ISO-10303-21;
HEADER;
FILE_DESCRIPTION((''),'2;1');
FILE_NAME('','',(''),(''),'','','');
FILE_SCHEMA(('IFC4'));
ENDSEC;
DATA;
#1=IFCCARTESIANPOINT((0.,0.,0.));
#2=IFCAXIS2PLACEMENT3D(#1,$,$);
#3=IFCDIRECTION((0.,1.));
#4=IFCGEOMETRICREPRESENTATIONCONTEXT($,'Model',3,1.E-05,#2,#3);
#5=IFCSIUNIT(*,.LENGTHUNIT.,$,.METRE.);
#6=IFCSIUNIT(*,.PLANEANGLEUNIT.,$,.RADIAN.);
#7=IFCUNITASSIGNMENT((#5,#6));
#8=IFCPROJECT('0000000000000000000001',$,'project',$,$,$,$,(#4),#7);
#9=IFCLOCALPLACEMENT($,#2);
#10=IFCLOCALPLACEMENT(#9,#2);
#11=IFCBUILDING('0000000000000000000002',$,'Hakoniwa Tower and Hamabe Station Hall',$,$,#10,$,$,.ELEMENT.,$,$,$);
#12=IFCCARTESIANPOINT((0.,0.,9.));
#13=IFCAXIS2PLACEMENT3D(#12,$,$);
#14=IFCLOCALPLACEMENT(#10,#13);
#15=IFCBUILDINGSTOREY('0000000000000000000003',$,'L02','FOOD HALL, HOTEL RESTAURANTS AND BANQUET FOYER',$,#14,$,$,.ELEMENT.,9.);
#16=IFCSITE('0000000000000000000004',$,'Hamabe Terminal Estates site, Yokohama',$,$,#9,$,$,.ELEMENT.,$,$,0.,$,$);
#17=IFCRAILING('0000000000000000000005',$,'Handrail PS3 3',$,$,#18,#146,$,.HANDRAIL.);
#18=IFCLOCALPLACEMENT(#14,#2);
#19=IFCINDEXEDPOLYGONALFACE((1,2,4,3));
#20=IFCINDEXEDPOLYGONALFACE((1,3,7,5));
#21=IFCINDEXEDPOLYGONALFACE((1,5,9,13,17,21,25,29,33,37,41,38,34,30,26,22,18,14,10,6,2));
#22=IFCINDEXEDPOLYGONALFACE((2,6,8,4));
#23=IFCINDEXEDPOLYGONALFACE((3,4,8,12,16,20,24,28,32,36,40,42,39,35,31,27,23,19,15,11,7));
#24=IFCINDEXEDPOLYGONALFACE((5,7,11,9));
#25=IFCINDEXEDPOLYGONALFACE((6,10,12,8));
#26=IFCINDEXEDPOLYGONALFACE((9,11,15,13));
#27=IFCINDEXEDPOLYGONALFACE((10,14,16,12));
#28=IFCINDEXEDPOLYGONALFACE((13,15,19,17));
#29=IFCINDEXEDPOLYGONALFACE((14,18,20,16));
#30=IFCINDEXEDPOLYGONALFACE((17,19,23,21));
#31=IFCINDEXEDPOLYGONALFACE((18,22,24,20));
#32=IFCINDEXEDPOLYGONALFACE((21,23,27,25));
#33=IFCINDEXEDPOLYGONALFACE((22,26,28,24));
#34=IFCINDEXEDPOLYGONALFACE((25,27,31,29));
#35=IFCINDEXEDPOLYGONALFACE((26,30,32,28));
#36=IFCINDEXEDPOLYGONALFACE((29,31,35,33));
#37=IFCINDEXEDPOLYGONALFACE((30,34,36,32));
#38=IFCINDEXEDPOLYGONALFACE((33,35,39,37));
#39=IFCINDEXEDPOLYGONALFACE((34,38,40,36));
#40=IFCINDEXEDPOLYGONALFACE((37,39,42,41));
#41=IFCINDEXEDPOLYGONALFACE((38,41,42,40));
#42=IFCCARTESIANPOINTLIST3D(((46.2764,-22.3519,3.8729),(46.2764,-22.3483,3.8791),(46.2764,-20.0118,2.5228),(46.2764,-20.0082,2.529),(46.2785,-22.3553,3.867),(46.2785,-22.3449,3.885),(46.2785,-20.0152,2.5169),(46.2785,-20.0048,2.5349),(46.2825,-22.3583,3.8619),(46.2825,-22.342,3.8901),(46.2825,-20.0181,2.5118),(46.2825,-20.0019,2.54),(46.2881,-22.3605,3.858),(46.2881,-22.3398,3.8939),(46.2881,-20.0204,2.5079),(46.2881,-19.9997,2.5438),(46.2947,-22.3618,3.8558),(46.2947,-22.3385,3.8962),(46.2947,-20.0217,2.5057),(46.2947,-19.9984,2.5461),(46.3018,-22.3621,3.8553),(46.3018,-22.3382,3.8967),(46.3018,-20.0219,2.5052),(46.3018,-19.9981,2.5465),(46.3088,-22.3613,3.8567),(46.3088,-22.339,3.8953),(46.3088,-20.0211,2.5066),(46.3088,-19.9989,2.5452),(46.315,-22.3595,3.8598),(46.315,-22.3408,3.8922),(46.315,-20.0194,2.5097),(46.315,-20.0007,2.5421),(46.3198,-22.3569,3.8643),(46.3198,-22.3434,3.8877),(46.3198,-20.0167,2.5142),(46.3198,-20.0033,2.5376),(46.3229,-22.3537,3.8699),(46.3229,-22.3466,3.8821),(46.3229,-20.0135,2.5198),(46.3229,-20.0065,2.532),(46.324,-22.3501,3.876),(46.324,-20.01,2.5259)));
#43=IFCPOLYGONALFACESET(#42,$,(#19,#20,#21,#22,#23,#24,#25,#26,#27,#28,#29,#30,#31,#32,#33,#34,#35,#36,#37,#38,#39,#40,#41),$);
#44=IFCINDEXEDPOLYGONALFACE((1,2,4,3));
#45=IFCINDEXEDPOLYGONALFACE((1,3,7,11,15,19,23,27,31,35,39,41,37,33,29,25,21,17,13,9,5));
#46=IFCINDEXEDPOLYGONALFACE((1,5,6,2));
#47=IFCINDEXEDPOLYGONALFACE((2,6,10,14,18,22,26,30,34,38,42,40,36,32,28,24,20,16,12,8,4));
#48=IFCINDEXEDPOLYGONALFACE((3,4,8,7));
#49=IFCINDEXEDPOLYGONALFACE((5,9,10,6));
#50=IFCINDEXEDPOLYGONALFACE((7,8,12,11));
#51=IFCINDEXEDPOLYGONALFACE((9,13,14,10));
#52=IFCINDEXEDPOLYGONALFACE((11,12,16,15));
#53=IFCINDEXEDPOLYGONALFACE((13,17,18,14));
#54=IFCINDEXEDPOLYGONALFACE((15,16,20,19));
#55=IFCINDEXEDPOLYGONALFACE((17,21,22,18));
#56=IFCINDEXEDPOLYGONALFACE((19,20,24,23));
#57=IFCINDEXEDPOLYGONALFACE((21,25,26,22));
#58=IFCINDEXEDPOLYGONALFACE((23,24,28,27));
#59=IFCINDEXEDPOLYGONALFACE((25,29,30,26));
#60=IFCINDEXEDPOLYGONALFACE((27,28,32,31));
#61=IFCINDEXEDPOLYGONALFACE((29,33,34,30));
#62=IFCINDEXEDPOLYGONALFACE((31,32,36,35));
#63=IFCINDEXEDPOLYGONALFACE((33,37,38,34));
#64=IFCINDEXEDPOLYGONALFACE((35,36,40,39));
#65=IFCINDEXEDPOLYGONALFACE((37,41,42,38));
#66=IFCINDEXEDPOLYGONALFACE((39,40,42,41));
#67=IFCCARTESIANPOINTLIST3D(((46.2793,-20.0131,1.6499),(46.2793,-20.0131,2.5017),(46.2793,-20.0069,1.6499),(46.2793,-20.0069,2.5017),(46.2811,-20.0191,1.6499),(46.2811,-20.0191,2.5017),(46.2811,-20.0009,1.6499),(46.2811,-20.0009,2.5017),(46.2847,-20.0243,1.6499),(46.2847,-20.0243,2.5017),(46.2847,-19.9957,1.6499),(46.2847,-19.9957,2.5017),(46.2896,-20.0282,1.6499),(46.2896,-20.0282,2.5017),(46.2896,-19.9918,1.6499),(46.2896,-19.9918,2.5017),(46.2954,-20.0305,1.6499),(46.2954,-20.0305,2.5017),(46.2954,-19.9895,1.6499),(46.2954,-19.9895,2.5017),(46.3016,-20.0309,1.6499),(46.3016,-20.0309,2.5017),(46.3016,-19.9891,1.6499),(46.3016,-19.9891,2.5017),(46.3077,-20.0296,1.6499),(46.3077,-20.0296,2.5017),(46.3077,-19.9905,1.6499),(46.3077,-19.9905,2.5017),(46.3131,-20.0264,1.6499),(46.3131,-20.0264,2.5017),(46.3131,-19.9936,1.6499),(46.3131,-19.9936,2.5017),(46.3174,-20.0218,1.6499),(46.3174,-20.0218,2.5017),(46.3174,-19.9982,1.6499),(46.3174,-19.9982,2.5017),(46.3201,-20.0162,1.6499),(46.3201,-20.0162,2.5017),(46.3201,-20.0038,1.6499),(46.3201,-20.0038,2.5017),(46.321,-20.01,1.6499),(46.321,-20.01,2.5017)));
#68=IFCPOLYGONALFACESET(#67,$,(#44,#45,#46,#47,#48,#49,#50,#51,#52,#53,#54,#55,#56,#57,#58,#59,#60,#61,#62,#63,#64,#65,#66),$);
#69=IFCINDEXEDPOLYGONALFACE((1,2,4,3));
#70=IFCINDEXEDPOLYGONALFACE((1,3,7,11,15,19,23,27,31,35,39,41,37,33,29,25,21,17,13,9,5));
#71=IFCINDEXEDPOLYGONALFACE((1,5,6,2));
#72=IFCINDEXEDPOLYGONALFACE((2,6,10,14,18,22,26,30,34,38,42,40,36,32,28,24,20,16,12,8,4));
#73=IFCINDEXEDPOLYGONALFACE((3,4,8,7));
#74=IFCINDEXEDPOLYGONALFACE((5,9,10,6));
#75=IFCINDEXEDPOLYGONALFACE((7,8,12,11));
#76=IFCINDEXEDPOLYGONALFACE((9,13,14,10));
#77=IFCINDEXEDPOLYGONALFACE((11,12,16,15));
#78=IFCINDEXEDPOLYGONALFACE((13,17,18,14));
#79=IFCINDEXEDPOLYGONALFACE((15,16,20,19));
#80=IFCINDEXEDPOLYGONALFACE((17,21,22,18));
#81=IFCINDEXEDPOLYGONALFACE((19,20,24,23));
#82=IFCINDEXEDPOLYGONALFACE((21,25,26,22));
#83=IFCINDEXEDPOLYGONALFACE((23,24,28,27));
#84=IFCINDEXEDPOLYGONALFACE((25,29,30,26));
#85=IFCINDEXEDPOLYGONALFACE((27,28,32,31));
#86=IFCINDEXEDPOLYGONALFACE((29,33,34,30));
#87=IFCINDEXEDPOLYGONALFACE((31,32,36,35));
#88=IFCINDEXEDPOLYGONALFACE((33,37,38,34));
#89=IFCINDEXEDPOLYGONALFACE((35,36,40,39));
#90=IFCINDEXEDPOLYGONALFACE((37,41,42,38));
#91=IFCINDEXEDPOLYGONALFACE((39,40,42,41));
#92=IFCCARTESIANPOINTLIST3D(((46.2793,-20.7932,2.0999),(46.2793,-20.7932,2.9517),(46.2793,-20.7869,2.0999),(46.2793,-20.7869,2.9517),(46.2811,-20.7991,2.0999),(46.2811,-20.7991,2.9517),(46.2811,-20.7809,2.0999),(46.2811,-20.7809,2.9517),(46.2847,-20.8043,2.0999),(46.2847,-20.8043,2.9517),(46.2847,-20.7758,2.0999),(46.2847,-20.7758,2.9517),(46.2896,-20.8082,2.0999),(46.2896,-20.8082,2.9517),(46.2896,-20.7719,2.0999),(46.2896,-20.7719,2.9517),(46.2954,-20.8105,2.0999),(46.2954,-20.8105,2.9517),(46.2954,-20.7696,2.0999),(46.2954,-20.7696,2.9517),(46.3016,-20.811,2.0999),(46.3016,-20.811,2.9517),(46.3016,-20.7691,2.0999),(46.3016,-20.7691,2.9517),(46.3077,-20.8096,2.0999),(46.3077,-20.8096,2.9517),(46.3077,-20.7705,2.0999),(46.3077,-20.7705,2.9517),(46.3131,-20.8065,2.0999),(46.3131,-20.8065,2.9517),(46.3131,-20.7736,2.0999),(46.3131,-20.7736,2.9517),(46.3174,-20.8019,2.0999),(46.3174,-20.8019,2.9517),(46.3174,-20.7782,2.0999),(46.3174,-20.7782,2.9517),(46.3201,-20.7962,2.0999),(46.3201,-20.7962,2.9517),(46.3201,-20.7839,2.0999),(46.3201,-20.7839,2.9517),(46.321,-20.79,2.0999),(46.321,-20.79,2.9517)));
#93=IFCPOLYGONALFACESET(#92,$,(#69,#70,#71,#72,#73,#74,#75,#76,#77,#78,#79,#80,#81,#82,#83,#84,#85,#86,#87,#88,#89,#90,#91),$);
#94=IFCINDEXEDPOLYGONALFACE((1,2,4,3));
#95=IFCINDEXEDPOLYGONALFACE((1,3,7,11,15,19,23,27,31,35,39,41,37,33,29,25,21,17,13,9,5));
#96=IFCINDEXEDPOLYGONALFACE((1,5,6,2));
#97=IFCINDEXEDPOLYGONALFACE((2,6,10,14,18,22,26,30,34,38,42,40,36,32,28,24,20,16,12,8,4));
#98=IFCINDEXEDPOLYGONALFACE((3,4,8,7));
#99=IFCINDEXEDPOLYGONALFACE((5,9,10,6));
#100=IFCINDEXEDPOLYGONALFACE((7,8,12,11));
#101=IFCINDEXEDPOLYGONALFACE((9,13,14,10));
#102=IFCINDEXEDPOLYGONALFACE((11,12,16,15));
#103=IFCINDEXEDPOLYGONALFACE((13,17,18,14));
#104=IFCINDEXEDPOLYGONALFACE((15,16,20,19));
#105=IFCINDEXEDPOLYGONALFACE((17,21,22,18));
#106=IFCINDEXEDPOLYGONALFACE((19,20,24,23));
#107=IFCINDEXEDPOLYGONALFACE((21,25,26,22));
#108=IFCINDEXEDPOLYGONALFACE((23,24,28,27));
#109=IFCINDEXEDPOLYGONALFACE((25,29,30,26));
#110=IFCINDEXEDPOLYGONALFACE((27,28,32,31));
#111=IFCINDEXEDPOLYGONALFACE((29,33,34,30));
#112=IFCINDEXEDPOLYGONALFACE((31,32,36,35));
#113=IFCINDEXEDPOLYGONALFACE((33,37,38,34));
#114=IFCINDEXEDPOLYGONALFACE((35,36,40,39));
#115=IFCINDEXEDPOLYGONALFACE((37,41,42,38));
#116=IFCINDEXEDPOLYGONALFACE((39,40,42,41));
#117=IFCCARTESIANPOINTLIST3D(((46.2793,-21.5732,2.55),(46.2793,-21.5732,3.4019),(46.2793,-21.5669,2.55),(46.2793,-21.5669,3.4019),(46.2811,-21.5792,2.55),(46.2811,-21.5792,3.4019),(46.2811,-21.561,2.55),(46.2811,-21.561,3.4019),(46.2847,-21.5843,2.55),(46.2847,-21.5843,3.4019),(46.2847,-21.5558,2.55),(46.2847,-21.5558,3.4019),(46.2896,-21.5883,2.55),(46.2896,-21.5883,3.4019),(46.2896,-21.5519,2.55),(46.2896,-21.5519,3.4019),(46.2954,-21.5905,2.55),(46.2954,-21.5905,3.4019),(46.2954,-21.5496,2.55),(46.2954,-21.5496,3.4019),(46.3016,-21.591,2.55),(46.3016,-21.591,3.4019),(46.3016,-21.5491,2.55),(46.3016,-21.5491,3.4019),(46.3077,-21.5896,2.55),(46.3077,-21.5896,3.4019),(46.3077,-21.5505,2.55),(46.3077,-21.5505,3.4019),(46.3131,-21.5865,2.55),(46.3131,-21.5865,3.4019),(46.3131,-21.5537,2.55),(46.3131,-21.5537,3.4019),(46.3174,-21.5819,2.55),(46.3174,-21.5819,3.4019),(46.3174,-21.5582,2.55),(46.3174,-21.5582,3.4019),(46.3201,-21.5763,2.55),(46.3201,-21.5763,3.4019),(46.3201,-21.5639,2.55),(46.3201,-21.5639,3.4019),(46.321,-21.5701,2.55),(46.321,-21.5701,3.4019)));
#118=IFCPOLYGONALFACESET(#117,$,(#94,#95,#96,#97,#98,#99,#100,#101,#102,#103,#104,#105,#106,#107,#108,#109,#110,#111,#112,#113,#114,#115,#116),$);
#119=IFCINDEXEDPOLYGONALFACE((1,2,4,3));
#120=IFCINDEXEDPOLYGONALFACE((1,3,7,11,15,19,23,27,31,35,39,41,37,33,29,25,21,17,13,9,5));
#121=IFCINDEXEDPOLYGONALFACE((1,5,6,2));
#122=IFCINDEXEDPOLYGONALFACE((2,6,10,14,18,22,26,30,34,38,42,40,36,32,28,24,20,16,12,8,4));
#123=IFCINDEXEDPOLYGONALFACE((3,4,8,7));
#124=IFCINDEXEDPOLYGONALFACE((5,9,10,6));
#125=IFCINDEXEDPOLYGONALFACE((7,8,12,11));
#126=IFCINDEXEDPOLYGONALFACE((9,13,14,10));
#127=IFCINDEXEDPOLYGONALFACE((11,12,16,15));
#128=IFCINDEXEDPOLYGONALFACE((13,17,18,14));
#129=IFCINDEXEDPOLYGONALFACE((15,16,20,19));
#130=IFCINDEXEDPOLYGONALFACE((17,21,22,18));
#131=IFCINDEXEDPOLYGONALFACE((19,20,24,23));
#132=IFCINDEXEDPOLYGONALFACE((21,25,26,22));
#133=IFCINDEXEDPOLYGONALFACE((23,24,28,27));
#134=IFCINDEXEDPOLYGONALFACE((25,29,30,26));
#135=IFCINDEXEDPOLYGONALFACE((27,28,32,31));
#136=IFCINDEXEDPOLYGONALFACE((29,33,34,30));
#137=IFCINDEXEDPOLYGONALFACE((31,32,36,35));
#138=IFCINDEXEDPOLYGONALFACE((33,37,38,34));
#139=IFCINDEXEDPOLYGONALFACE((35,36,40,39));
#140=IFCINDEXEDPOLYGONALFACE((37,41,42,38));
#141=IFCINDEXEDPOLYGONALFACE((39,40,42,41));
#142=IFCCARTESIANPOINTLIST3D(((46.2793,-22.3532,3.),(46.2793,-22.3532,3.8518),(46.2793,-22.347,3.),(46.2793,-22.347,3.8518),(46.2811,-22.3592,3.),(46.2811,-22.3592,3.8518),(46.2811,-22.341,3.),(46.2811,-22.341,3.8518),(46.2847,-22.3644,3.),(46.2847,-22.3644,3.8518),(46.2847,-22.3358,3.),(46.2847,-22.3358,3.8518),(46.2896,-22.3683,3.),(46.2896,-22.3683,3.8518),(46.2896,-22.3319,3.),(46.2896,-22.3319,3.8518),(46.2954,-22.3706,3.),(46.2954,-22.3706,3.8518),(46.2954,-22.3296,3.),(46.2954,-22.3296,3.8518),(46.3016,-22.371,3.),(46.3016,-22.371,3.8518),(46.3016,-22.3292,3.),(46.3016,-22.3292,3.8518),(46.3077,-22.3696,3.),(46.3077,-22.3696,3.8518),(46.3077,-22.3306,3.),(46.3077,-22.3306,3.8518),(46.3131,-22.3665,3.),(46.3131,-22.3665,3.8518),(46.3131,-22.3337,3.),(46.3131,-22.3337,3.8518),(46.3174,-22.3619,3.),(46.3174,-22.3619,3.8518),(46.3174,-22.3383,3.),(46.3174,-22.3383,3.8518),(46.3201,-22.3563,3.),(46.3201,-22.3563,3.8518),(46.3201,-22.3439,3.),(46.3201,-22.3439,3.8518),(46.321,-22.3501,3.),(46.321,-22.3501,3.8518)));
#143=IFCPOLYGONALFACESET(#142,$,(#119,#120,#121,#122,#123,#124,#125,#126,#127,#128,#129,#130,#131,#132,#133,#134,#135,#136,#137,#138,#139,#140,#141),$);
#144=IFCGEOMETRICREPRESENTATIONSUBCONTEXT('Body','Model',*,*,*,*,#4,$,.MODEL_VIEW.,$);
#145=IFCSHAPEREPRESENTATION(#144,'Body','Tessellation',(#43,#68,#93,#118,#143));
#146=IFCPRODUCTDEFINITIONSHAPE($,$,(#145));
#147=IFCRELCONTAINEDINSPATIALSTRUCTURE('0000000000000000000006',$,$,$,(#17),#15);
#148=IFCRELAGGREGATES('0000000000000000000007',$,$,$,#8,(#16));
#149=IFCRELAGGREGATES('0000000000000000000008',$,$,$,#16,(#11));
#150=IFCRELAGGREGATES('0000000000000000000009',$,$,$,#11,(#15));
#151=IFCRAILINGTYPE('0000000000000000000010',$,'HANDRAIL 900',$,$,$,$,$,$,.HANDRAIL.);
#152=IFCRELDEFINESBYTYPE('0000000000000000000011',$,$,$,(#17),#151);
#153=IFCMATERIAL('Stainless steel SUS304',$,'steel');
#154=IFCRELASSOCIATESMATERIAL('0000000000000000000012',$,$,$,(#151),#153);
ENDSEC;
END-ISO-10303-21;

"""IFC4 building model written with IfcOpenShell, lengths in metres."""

from ifc_helpers import new_model, si_unit, direction, frame, origin, origin_2d, place, context, subcontext, project, spatial, circle, extrude, material, type_object, element, save


model = new_model("IFC4")

# Units and contexts
model_context = context("Model", 3, precision=1e-05, world=origin(), true_north=direction((0.0, 1.0)))
body_context = subcontext(model_context, "Body", "Model", "MODEL_VIEW")
ifc_project = project(units=[si_unit("LENGTHUNIT", "METRE"), si_unit("PLANEANGLEUNIT", "RADIAN")], contexts=[model_context])

# Site, building, storey
site_placement = place(None, origin())
site = spatial("IfcSite", under=ifc_project, at=site_placement, Name="Hamabe Terminal Estates site, Yokohama", CompositionType="ELEMENT", RefElevation=0.0)
building_placement = place(site_placement, origin())
building = spatial("IfcBuilding", under=site, at=building_placement, Name="Hakoniwa Tower and Hamabe Station Hall", CompositionType="ELEMENT")
storey_placement = place(building_placement, frame((0.0, 0.0, 9.0)))
storey = spatial("IfcBuildingStorey", under=building, at=storey_placement, Name="L02", Description="FOOD HALL, HOTEL RESTAURANTS AND BANQUET FOYER", CompositionType="ELEMENT", Elevation=9.0)

# Railing
ifc_material_1 = material(Name="Stainless steel SUS304", Category="steel")
railing_type_1 = type_object("IfcRailingType", Name="HANDRAIL 900", PredefinedType="HANDRAIL", material=ifc_material_1)
for number, where, name in (
    (1, (46.3, -20.01, 1.6499), "Handrail PS3 3"),
):
    element("IfcRailing", number, at=place(storey_placement, frame(where)), inside=storey, type_object=railing_type_1, Name=name, PredefinedType="HANDRAIL", context=body_context, shape_type="SweptSolid", body=[
        extrude(circle(Radius=0.0239, at=origin_2d()), frame((0.0, 0.0, 0.876), z_axis=(0.0, -0.866178, 0.499735), x_axis=(1.0, 0.0, 0.0)), (0.0, 0.0, 1.0), 2.7017),
        extrude(circle(Radius=0.021, at=origin_2d()), origin(), (0.0, 0.0, 1.0), 0.8518),
        extrude(circle(Radius=0.021, at=origin_2d()), frame((0.0, -0.78, 0.45)), (0.0, 0.0, 1.0), 0.8518),
        extrude(circle(Radius=0.021, at=origin_2d()), frame((0.0, -1.5601, 0.9001)), (0.0, 0.0, 1.0), 0.8518),
        extrude(circle(Radius=0.021, at=origin_2d()), frame((0.0, -2.3401, 1.3501)), (0.0, 0.0, 1.0), 0.8518),
    ])

save(model, "model.ifc")
